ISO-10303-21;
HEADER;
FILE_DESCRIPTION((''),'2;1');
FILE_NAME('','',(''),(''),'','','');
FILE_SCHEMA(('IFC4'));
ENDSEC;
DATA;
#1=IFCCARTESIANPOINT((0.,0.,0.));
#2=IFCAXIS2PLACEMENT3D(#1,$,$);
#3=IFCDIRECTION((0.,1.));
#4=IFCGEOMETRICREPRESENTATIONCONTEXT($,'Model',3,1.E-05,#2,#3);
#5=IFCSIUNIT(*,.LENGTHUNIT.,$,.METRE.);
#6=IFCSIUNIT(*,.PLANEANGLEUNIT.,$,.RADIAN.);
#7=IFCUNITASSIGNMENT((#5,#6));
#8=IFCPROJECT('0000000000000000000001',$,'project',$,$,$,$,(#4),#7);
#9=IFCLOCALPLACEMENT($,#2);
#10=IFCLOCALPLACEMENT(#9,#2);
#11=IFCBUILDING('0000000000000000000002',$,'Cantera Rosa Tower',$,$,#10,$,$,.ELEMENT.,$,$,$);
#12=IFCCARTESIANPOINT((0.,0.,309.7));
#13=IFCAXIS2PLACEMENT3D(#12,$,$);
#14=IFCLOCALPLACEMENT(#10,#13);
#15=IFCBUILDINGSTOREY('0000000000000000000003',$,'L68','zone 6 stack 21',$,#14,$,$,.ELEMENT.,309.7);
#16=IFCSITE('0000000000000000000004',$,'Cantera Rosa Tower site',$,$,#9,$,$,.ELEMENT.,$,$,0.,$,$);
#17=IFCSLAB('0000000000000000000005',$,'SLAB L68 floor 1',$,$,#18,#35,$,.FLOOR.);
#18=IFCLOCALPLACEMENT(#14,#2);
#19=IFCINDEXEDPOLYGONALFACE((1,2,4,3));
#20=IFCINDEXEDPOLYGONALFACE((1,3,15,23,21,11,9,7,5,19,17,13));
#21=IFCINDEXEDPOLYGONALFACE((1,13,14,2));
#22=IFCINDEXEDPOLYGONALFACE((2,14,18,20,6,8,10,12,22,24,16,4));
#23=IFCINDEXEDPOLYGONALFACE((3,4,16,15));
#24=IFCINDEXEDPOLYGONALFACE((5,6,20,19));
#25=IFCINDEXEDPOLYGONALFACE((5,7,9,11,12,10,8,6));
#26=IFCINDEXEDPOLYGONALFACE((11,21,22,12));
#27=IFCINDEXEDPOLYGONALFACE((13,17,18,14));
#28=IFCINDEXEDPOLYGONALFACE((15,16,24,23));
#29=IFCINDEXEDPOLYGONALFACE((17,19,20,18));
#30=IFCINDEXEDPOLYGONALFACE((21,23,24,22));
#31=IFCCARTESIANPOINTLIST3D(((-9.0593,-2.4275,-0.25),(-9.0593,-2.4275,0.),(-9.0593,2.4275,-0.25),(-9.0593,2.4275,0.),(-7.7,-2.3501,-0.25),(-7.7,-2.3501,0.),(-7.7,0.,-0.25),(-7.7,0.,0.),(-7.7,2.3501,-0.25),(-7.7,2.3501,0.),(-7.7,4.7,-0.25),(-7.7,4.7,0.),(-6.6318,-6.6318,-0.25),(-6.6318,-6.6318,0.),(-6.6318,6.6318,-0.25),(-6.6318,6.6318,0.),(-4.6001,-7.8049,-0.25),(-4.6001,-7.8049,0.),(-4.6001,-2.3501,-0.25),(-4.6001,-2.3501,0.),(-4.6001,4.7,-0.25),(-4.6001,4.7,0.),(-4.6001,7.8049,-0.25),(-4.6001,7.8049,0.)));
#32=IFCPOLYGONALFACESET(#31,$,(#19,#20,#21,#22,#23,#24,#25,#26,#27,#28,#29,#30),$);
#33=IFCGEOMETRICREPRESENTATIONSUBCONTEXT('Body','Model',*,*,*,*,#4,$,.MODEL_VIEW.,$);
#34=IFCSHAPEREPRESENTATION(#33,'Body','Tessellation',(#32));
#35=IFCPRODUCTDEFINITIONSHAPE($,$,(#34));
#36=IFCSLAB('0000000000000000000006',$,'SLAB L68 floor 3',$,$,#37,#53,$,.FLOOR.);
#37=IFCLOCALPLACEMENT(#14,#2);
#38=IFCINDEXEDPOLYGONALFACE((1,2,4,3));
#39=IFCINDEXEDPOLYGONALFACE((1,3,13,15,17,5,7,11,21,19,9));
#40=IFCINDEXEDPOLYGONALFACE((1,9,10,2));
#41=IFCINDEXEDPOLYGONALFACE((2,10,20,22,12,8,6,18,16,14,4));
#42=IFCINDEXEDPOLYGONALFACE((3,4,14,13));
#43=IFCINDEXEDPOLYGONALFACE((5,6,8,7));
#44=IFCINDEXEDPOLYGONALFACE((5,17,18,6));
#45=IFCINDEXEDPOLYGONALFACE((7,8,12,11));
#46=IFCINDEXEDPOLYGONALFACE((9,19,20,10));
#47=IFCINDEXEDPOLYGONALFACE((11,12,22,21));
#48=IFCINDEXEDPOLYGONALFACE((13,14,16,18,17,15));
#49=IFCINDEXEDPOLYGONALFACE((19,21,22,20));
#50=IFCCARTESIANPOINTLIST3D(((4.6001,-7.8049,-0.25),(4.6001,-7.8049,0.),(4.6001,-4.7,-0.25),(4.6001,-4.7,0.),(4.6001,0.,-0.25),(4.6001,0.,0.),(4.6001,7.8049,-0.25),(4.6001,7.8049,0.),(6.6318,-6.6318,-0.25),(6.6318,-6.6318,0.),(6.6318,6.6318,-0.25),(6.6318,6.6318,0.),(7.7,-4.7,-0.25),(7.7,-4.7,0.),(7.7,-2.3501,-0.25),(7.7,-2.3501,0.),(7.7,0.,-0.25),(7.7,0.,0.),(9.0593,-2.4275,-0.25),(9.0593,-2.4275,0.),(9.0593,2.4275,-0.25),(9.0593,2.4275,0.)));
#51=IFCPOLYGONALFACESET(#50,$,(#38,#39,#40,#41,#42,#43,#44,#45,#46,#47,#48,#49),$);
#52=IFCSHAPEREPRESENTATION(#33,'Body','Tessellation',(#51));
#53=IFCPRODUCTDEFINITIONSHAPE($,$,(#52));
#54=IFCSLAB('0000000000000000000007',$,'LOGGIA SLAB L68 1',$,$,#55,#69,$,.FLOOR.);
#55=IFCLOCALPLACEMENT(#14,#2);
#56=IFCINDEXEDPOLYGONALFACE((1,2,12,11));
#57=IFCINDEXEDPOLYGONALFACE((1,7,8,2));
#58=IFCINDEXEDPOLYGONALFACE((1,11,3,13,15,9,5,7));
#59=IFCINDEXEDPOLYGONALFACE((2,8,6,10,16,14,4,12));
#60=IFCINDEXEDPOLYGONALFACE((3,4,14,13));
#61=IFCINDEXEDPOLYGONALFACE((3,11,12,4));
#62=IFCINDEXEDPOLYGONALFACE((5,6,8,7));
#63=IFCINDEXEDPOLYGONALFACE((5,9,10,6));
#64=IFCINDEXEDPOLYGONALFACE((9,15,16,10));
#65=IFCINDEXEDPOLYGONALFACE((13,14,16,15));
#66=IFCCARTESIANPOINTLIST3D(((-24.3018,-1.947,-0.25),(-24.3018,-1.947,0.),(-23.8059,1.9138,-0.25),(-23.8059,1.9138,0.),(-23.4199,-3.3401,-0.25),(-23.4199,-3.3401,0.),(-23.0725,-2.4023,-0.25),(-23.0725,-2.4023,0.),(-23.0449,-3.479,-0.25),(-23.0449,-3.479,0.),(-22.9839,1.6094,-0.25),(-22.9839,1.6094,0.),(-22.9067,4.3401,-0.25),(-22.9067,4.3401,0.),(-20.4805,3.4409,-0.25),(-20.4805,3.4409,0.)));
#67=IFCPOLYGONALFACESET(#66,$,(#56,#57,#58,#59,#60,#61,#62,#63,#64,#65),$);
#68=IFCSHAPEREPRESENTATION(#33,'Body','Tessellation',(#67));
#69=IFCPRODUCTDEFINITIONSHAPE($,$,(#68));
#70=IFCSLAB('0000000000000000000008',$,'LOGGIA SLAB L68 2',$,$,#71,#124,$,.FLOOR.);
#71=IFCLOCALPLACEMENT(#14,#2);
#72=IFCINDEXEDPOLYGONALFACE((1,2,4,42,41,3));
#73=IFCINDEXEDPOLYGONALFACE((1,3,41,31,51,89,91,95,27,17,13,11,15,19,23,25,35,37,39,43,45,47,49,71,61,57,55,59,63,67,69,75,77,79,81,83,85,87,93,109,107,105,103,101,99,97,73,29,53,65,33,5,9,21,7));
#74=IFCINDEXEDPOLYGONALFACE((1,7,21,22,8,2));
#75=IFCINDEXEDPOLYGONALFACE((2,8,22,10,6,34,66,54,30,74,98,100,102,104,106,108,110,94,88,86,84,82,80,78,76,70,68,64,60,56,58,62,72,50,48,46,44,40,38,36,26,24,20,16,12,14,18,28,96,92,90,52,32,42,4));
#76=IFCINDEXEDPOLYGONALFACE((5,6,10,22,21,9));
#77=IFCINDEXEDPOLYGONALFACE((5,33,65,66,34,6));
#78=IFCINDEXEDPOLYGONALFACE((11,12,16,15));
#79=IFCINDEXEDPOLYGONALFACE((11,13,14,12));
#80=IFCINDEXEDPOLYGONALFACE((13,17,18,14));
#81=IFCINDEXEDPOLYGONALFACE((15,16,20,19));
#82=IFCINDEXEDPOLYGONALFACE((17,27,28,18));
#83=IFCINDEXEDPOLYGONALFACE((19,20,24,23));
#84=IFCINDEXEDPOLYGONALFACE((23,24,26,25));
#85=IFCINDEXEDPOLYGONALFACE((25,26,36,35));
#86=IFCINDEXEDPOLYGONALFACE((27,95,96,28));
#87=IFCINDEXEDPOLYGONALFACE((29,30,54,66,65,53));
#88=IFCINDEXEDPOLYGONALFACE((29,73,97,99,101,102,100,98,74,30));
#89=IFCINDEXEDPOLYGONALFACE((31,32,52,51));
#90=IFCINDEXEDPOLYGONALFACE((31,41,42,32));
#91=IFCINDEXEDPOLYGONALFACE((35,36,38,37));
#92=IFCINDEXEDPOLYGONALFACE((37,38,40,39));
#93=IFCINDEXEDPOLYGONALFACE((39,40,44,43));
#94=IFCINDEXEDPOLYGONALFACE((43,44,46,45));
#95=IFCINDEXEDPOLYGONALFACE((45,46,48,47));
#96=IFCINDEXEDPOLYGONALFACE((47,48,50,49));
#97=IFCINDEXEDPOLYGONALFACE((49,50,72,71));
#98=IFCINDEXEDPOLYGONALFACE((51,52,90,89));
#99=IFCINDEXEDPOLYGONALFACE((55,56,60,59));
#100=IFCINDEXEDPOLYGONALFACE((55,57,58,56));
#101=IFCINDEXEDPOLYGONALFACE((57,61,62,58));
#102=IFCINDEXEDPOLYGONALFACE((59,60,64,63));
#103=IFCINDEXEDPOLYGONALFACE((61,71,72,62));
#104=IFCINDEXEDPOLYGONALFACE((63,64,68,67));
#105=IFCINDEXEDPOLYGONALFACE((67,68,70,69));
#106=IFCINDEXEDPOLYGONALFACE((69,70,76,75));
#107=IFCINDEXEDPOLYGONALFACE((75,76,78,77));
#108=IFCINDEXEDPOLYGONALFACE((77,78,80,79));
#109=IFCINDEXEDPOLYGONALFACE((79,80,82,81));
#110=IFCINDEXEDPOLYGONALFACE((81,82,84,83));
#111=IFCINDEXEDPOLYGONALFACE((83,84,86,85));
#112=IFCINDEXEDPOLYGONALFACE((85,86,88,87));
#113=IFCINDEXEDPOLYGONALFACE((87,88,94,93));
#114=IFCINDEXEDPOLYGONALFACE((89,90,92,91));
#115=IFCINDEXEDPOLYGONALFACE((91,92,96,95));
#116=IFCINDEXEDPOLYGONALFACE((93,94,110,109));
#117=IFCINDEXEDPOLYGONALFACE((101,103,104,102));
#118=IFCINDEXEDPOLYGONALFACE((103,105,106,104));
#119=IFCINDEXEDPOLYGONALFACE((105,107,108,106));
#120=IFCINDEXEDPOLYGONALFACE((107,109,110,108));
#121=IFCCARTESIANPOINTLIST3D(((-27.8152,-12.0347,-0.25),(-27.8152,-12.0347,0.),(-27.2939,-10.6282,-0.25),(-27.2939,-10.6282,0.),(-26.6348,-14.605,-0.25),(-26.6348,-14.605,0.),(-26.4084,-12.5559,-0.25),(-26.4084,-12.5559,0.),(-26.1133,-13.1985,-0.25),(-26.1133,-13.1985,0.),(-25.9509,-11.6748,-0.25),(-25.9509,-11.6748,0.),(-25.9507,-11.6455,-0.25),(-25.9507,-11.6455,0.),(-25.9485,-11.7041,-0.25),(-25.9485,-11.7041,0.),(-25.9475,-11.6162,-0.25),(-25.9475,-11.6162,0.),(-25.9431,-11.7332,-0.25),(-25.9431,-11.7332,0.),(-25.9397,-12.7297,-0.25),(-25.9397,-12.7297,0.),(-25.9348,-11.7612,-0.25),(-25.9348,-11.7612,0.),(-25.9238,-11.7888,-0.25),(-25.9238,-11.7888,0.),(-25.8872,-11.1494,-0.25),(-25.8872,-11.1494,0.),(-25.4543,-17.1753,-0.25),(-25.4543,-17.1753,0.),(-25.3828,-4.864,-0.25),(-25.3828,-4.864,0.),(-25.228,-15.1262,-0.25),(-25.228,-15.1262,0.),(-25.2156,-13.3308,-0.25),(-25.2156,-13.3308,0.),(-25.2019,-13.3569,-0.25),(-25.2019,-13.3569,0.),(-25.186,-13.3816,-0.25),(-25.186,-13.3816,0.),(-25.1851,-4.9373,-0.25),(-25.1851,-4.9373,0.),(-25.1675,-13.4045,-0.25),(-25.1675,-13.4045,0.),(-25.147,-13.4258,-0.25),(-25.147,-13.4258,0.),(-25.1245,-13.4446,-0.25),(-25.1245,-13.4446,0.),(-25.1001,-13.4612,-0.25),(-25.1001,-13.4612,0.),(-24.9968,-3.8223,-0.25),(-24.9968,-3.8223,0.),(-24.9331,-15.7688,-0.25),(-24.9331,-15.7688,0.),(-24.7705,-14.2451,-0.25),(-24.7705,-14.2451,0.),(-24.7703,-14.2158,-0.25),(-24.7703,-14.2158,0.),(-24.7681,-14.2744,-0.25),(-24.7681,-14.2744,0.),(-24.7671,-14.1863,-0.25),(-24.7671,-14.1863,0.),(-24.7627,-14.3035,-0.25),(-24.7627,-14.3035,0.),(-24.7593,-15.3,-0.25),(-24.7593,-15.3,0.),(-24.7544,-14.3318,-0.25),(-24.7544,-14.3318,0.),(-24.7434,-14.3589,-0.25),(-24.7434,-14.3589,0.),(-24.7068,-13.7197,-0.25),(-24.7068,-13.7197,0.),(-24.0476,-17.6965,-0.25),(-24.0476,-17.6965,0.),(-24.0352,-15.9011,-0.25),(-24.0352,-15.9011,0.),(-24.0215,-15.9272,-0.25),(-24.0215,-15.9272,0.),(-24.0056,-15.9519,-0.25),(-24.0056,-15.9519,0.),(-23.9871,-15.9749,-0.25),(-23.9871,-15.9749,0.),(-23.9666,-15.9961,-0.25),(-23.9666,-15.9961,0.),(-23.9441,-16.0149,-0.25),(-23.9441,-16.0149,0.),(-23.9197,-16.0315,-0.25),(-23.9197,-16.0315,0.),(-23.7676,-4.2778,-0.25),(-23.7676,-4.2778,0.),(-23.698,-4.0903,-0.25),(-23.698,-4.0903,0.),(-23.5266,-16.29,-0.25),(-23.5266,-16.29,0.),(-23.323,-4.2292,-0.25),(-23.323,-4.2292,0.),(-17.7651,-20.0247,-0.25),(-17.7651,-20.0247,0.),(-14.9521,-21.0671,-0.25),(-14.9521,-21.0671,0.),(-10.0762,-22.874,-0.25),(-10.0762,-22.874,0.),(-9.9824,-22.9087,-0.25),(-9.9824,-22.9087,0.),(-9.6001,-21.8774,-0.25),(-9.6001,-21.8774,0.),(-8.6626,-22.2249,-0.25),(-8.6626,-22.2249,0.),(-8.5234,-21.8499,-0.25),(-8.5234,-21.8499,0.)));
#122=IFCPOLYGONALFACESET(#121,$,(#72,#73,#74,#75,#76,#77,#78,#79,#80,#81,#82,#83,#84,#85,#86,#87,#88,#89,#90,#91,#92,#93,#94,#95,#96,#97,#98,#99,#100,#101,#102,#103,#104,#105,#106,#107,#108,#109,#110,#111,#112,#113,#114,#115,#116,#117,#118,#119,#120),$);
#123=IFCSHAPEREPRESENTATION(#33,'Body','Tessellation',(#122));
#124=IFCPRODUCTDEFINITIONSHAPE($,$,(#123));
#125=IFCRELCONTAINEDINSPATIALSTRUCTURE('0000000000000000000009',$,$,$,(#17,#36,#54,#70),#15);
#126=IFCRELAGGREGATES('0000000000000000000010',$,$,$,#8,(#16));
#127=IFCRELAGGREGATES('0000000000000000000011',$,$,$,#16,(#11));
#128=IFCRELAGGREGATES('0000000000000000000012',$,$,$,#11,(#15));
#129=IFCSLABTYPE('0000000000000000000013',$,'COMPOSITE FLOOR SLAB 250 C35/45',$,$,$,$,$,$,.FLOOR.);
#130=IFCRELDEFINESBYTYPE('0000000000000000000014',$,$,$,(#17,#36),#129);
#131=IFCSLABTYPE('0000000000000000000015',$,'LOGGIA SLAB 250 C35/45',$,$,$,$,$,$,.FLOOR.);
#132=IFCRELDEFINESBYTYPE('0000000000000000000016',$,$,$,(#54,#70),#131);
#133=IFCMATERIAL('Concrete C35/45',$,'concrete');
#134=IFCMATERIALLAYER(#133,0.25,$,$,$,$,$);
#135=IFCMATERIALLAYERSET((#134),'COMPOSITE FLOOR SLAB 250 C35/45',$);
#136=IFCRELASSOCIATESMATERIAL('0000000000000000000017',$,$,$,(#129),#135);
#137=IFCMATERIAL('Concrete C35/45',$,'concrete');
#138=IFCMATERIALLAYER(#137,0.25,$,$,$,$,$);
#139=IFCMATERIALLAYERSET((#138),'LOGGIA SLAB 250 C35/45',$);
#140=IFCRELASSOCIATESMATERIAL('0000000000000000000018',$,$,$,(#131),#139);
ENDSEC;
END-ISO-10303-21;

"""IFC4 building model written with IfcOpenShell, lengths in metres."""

from ifc_helpers import new_model, si_unit, direction, frame, origin, place, context, subcontext, project, spatial, polyline, outline, extrude, material, layer, layer_set, type_object, element, save


model = new_model("IFC4")

# Units and contexts
model_context = context("Model", 3, precision=1e-05, world=origin(), true_north=direction((0.0, 1.0)))
body_context = subcontext(model_context, "Body", "Model", "MODEL_VIEW")
ifc_project = project(units=[si_unit("LENGTHUNIT", "METRE"), si_unit("PLANEANGLEUNIT", "RADIAN")], contexts=[model_context])

# Site, building, storey
site_placement = place(None, origin())
site = spatial("IfcSite", under=ifc_project, at=site_placement, Name="Cantera Rosa Tower site", CompositionType="ELEMENT", RefElevation=0.0)
building_placement = place(site_placement, origin())
building = spatial("IfcBuilding", under=site, at=building_placement, Name="Cantera Rosa Tower", CompositionType="ELEMENT")
storey_placement = place(building_placement, frame((0.0, 0.0, 309.7)))
storey = spatial("IfcBuildingStorey", under=building, at=storey_placement, Name="L68", Description="zone 6 stack 21", CompositionType="ELEMENT", Elevation=309.7)

# Slabs
ifc_material_1 = material(Name="Concrete C35/45", Category="concrete")
ifc_layer_1 = layer(ifc_material_1, 0.25)
ifc_layer_set_1 = layer_set([ifc_layer_1], Name="COMPOSITE FLOOR SLAB 250 C35/45")
slab_type_1 = type_object("IfcSlabType", Name="COMPOSITE FLOOR SLAB 250 C35/45", PredefinedType="FLOOR", material=ifc_layer_set_1)
slab_1_placement = place(storey_placement, frame((0.0, 0.0, -0.25)))
element("IfcSlab", 1, at=slab_1_placement, inside=storey, type_object=slab_type_1, Name="SLAB L68 floor 1", PredefinedType="FLOOR", context=body_context, shape_type="SweptSolid", body=[
    extrude(outline(polyline([(-7.7, -2.3501), (-4.6001, -2.3501), (-4.6001, -7.8049), (-6.6318, -6.6318), (-9.0593, -2.4275), (-9.0593, 2.4275), (-6.6318, 6.6318), (-4.6001, 7.8049), (-4.6001, 4.7), (-7.7, 4.7), (-7.7, 2.3501), (-7.7, 0.0), (-7.7, -2.3501)])), origin(), (0.0, 0.0, 1.0), 0.25),
])
slab_2_placement = place(storey_placement, frame((0.0, 0.0, -0.25)))
element("IfcSlab", 2, at=slab_2_placement, inside=storey, type_object=slab_type_1, Name="SLAB L68 floor 3", PredefinedType="FLOOR", context=body_context, shape_type="SweptSolid", body=[
    extrude(outline(polyline([(4.6001, 0.0), (4.6001, 7.8049), (6.6318, 6.6318), (9.0593, 2.4275), (9.0593, -2.4275), (6.6318, -6.6318), (4.6001, -7.8049), (4.6001, -4.7), (7.7, -4.7), (7.7, -2.3501), (7.7, 0.0), (4.6001, 0.0)])), origin(), (0.0, 0.0, 1.0), 0.25),
])
ifc_material_2 = material(Name="Concrete C35/45", Category="concrete")
ifc_layer_2 = layer(ifc_material_2, 0.25)
ifc_layer_set_2 = layer_set([ifc_layer_2], Name="LOGGIA SLAB 250 C35/45")
slab_type_2 = type_object("IfcSlabType", Name="LOGGIA SLAB 250 C35/45", PredefinedType="FLOOR", material=ifc_layer_set_2)
slab_3_placement = place(storey_placement, frame((0.0, 0.0, -0.25)))
element("IfcSlab", 3, at=slab_3_placement, inside=storey, type_object=slab_type_2, Name="LOGGIA SLAB L68 1", PredefinedType="FLOOR", context=body_context, shape_type="SweptSolid", body=[
    extrude(outline(polyline([(-22.9067, 4.3401), (-20.4805, 3.4409), (-23.0449, -3.479), (-23.4199, -3.3401), (-23.0725, -2.4023), (-24.3018, -1.947), (-22.9839, 1.6094), (-23.8059, 1.9138), (-22.9067, 4.3401)])), origin(), (0.0, 0.0, 1.0), 0.25),
])
slab_4_placement = place(storey_placement, frame((0.0, 0.0, -0.25)))
element("IfcSlab", 4, at=slab_4_placement, inside=storey, type_object=slab_type_2, Name="LOGGIA SLAB L68 2", PredefinedType="FLOOR", context=body_context, shape_type="SweptSolid", body=[
    extrude(outline(polyline([(-17.7651, -20.0247), (-24.0476, -17.6965), (-25.4543, -17.1753), (-24.9331, -15.7688), (-24.7593, -15.3), (-25.228, -15.1262), (-26.6348, -14.605), (-26.1133, -13.1985), (-25.9397, -12.7297), (-26.4084, -12.5559), (-27.8152, -12.0347), (-27.2939, -10.6282), (-25.1851, -4.9373), (-25.3828, -4.864), (-24.9968, -3.8223), (-23.7676, -4.2778), (-23.698, -4.0903), (-23.323, -4.2292), (-25.8872, -11.1494), (-25.9475, -11.6162), (-25.9507, -11.6455), (-25.9509, -11.6748), (-25.9485, -11.7041), (-25.9431, -11.7332), (-25.9348, -11.7612), (-25.9238, -11.7888), (-25.2156, -13.3308), (-25.2019, -13.3569), (-25.186, -13.3816), (-25.1675, -13.4045), (-25.147, -13.4258), (-25.1245, -13.4446), (-25.1001, -13.4612), (-24.7068, -13.7197), (-24.7671, -14.1863), (-24.7703, -14.2158), (-24.7705, -14.2451), (-24.7681, -14.2744), (-24.7627, -14.3035), (-24.7544, -14.3318), (-24.7434, -14.3589), (-24.0352, -15.9011), (-24.0215, -15.9272), (-24.0056, -15.9519), (-23.9871, -15.9749), (-23.9666, -15.9961), (-23.9441, -16.0149), (-23.9197, -16.0315), (-23.5266, -16.29), (-8.5234, -21.8499), (-8.6626, -22.2249), (-9.6001, -21.8774), (-9.9824, -22.9087), (-10.0762, -22.874), (-14.9521, -21.0671), (-17.7651, -20.0247)])), origin(), (0.0, 0.0, 1.0), 0.25),
])

save(model, "model.ifc")
